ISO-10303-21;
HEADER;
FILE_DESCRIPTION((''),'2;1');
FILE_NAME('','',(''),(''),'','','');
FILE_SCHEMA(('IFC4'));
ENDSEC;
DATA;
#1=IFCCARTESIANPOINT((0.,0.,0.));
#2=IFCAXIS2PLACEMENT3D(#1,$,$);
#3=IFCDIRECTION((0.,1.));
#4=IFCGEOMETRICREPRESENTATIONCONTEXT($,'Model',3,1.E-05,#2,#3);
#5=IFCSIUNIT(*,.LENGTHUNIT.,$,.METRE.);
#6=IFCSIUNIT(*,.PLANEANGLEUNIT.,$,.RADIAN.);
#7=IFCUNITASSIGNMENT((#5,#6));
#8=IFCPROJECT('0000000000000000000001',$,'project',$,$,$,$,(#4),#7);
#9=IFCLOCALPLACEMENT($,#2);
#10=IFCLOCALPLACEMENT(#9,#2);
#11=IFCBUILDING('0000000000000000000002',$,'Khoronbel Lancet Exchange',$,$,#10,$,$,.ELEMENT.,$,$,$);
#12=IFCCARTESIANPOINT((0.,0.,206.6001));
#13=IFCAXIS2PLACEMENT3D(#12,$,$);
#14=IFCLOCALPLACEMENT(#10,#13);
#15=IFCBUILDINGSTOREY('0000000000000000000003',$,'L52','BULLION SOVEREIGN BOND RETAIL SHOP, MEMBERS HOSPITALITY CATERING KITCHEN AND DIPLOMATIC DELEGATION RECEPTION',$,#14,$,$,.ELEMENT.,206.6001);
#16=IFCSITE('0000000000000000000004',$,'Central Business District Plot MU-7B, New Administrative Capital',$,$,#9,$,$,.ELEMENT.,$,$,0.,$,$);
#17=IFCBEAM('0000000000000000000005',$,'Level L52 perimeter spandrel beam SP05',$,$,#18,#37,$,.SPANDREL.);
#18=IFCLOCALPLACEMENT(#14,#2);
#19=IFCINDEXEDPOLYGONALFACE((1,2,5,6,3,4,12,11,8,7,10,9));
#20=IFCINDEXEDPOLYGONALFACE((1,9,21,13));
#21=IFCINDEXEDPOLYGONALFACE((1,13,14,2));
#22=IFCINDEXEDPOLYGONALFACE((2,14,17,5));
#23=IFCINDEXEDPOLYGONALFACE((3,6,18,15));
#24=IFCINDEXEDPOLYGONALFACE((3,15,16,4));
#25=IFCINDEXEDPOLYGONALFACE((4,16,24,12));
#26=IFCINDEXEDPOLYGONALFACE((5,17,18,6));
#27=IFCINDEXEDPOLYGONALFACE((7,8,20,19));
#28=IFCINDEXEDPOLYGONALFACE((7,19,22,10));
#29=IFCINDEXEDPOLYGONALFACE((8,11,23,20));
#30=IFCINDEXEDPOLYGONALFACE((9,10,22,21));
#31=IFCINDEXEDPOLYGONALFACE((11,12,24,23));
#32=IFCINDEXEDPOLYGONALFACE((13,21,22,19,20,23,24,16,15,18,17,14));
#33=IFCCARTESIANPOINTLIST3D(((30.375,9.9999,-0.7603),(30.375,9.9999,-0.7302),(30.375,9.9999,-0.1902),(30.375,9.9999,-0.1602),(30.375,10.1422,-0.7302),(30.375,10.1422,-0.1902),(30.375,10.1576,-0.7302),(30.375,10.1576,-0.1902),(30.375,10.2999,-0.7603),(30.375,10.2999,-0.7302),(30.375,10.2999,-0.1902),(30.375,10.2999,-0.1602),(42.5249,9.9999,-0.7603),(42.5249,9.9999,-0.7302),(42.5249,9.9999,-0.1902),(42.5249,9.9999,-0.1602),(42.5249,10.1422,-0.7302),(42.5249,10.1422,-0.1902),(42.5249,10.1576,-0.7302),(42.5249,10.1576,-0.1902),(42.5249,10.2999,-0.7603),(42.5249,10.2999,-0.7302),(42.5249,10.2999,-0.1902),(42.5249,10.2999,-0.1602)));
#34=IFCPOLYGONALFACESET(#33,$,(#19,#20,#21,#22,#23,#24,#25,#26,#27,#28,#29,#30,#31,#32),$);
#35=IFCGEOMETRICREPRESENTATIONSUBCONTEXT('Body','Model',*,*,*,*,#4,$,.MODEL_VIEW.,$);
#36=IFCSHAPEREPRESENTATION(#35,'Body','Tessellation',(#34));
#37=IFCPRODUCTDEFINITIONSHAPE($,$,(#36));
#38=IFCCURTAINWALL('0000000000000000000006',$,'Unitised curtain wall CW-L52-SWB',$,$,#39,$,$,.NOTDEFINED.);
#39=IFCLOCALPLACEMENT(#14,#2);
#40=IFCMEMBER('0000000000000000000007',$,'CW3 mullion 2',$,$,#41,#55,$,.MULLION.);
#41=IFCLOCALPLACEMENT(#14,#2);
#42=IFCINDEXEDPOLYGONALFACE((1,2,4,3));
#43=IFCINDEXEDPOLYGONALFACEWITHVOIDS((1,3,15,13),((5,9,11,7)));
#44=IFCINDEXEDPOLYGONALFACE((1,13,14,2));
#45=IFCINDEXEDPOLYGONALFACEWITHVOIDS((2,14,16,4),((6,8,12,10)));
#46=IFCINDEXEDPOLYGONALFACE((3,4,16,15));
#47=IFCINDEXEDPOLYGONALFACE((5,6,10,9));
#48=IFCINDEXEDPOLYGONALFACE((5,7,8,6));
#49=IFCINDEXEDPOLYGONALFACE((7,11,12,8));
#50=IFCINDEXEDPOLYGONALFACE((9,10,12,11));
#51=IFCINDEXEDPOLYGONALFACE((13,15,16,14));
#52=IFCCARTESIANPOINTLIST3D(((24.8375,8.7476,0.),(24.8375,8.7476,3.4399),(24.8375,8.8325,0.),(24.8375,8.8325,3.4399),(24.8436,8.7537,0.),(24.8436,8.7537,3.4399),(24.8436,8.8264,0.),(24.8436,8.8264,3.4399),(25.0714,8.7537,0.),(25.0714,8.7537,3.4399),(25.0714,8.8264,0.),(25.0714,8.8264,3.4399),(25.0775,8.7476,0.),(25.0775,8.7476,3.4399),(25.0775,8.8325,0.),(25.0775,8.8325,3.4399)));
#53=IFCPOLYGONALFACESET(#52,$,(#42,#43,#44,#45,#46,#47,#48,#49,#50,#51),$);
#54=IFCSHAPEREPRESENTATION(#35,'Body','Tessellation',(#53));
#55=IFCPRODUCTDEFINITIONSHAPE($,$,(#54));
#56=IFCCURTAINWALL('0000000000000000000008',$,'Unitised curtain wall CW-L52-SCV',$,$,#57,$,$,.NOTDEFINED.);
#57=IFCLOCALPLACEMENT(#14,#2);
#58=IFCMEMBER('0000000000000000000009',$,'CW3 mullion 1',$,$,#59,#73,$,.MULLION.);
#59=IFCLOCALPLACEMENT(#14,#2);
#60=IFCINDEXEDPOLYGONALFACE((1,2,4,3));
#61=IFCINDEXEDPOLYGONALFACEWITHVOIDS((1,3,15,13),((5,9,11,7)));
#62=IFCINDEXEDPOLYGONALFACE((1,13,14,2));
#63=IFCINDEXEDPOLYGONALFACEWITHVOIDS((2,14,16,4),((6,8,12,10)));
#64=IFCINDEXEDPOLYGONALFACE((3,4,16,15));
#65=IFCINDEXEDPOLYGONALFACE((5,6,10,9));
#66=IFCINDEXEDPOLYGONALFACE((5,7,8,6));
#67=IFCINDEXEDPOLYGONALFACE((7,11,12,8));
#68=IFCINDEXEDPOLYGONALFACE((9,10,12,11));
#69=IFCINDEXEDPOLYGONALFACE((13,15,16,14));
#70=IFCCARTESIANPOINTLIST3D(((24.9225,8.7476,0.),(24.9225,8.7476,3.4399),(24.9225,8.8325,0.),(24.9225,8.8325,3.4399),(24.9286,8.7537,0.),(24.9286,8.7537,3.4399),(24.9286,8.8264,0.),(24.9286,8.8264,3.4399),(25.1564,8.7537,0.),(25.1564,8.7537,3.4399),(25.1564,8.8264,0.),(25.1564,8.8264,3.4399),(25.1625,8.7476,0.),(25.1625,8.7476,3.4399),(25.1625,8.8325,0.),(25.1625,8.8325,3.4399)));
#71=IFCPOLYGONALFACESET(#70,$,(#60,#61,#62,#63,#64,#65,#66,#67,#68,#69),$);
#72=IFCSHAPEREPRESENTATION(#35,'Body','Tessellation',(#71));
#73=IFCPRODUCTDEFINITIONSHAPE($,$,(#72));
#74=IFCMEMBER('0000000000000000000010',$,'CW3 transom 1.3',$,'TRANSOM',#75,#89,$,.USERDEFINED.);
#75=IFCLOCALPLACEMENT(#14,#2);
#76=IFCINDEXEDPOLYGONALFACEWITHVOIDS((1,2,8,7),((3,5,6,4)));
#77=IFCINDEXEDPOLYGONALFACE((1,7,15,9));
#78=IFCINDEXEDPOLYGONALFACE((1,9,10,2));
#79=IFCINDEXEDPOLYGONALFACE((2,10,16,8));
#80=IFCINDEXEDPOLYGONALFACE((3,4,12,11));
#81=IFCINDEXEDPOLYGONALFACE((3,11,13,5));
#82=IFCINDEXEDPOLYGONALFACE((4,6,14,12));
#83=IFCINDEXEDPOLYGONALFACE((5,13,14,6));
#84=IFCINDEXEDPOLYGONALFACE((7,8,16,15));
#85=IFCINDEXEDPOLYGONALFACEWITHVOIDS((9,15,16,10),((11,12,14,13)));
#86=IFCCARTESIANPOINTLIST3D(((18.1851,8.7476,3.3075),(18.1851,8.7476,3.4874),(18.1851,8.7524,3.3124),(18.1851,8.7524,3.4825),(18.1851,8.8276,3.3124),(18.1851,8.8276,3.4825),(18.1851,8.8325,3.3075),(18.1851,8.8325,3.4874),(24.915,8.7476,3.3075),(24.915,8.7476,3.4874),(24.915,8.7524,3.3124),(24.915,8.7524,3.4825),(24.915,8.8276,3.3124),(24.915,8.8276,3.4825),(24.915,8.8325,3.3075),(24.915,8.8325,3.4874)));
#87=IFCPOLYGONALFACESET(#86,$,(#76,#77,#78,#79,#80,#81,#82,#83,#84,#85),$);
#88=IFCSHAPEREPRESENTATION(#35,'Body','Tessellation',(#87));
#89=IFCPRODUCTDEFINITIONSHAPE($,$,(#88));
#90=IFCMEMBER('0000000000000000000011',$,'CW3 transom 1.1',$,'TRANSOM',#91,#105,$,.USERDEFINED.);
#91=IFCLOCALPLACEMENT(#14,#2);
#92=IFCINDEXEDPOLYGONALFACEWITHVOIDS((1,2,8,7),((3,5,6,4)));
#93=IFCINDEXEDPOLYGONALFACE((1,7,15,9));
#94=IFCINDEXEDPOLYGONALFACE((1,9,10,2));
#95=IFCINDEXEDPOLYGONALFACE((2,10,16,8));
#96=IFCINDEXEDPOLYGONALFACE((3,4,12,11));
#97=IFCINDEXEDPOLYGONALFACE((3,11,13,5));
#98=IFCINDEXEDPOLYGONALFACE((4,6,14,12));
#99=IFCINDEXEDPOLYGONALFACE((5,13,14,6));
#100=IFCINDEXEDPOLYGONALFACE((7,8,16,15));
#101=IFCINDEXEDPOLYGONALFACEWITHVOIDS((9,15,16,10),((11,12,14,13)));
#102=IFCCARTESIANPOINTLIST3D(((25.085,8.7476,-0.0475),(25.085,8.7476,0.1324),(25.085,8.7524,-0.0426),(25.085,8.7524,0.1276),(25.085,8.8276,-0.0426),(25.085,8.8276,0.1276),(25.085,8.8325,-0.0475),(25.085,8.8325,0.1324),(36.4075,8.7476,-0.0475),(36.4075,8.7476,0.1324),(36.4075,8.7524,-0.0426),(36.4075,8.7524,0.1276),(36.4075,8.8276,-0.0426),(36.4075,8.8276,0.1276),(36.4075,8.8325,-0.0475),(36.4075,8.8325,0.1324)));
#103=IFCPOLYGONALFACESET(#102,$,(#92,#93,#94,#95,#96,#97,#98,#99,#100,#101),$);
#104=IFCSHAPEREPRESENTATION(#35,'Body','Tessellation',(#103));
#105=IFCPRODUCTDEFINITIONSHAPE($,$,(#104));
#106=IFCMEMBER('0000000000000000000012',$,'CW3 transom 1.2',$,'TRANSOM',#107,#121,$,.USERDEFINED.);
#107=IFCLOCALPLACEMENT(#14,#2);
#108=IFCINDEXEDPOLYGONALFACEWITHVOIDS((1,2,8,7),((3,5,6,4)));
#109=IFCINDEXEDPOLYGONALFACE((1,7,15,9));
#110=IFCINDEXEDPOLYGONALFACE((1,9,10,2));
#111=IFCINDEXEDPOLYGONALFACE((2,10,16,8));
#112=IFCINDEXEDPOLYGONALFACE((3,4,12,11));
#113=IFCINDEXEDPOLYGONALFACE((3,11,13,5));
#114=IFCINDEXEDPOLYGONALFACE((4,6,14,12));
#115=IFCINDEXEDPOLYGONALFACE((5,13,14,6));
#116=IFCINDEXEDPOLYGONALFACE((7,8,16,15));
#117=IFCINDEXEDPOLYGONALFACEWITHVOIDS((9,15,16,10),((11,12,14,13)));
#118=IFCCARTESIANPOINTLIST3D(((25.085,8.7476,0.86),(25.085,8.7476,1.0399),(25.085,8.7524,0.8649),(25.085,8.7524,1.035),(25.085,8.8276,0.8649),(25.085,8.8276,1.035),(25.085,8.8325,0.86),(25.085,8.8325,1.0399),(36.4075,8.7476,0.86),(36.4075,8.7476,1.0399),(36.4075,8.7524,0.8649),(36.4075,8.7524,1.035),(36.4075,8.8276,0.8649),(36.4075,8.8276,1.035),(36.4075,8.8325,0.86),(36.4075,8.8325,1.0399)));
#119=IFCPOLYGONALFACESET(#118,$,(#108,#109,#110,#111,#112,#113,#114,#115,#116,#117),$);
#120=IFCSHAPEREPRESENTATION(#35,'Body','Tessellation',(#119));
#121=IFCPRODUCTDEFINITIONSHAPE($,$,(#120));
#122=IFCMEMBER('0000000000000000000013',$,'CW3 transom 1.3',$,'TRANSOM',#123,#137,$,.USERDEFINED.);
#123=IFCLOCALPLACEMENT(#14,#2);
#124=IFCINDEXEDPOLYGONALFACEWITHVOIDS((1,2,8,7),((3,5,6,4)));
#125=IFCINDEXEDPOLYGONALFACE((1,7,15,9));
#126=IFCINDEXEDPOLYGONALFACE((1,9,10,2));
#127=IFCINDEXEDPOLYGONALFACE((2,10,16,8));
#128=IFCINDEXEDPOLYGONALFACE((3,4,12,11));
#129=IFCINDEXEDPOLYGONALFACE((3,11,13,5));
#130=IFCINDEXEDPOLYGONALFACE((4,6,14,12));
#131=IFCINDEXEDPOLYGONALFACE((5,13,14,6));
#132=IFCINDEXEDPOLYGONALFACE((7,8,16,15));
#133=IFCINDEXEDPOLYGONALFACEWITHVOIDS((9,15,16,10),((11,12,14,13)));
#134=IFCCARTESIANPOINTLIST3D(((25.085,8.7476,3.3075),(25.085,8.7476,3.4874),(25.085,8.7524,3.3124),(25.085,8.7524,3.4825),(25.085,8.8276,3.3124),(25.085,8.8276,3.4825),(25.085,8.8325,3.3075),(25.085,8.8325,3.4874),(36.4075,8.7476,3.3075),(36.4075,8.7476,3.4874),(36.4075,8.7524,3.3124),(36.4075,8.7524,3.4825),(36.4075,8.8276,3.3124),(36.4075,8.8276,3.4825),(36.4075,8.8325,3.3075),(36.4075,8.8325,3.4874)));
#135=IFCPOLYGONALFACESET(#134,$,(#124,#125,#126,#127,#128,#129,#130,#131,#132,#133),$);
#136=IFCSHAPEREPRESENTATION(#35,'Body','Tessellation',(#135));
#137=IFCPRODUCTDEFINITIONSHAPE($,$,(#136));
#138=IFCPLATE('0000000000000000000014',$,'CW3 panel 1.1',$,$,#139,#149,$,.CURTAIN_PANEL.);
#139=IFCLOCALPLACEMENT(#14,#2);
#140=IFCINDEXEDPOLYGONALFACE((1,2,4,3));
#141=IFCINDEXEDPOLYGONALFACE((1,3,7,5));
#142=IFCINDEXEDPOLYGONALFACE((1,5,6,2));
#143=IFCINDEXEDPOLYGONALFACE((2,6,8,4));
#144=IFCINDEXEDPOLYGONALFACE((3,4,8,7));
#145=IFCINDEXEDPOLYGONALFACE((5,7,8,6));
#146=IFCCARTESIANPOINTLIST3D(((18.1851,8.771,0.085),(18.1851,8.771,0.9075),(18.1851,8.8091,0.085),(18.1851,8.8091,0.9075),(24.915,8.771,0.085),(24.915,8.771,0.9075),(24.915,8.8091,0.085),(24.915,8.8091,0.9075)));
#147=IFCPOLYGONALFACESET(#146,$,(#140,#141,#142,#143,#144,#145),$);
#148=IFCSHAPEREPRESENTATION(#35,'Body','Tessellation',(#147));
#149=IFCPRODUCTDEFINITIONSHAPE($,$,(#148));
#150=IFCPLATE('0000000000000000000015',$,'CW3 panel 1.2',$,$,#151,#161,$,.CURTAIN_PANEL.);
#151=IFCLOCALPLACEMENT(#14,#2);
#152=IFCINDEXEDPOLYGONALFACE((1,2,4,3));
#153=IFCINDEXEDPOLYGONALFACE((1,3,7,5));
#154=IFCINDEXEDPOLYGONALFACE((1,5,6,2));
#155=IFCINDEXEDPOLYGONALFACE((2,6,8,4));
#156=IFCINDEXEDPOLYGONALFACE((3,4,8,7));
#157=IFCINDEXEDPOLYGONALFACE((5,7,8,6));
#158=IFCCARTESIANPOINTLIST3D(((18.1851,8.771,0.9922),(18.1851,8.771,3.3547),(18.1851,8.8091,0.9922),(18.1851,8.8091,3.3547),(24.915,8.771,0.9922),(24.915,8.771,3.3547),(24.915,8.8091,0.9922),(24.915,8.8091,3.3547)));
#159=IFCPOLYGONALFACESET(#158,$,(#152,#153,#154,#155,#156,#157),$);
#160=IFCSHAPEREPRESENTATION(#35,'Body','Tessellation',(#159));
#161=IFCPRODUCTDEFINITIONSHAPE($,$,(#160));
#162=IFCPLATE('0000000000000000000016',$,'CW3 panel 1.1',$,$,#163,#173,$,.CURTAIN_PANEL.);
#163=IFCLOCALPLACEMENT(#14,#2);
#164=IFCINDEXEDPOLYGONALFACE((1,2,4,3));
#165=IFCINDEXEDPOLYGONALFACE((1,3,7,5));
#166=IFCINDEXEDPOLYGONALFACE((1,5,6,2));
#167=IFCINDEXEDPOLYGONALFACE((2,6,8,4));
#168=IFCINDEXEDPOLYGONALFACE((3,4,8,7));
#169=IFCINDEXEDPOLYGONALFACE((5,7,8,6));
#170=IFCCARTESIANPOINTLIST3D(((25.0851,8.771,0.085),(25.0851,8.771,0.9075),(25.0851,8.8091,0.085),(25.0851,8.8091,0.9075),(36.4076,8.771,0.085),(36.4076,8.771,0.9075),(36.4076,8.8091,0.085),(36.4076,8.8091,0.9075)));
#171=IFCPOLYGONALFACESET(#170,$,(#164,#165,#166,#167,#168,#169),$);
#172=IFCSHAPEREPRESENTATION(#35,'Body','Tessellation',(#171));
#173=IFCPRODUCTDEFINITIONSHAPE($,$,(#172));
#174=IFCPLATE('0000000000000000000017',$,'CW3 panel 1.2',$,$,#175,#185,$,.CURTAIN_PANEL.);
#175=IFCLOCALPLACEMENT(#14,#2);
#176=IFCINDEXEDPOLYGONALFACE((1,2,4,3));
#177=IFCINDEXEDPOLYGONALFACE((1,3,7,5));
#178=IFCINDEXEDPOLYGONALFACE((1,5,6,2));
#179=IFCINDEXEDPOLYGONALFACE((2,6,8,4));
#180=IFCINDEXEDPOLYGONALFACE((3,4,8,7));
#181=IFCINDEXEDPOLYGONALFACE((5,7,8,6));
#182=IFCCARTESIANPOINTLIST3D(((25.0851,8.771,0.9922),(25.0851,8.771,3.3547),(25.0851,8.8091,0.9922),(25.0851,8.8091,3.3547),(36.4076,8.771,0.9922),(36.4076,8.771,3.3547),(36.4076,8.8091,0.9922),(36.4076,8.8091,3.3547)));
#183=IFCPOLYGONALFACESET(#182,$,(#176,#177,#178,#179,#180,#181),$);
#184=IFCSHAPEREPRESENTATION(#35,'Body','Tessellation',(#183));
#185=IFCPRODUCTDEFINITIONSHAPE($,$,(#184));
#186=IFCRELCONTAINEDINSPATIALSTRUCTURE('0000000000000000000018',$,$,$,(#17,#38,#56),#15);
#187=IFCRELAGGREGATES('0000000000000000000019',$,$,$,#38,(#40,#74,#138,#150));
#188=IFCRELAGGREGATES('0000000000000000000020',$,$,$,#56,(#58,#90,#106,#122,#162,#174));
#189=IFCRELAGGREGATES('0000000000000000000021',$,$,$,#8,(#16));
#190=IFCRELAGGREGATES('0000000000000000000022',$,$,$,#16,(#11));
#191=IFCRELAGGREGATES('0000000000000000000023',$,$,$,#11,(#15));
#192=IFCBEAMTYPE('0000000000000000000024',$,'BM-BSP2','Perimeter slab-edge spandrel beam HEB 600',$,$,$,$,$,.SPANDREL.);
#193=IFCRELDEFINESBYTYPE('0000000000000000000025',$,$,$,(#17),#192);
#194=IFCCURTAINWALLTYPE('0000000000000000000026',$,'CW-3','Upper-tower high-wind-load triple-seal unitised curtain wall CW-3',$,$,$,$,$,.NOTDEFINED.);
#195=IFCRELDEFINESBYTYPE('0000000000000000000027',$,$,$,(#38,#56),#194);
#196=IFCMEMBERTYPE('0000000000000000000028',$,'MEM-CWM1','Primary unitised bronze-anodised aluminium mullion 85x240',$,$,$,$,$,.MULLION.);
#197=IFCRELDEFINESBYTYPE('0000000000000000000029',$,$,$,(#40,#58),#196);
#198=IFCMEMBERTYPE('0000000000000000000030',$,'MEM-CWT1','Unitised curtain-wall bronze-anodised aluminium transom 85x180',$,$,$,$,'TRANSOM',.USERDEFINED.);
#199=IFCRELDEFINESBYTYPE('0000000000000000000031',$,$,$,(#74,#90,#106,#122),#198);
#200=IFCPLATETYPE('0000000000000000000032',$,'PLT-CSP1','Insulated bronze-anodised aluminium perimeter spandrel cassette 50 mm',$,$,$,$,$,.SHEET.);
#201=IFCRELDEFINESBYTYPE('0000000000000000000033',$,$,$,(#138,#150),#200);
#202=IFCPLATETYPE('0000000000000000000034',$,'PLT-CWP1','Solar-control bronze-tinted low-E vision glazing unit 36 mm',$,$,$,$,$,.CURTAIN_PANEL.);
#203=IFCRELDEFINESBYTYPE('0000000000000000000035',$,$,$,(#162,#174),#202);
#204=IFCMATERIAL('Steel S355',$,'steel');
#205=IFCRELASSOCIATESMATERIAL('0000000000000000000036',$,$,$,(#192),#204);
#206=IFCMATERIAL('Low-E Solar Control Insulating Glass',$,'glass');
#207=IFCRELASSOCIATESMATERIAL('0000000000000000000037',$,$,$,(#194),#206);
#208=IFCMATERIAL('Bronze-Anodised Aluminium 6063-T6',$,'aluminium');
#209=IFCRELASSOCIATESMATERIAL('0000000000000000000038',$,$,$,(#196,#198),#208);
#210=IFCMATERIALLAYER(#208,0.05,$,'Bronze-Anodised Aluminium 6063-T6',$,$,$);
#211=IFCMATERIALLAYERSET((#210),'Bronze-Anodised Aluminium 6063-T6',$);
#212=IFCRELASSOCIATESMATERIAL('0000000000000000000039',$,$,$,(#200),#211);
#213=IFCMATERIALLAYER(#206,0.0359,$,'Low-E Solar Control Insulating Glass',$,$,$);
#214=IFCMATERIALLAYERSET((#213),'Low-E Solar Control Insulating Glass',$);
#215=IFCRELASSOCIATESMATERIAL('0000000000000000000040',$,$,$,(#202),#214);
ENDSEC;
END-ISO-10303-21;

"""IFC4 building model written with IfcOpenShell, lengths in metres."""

from ifc_helpers import new_model, si_unit, direction, frame, origin, origin_2d, place, context, subcontext, project, spatial, rectangle, hollow_rectangle, i_section, extrude, material, layer, layer_set, material_profile, profile_set, type_object, element, aggregate, save


model = new_model("IFC4")

# Units and contexts
model_context = context("Model", 3, precision=1e-05, world=origin(), true_north=direction((0.0, 1.0)))
body_context = subcontext(model_context, "Body", "Model", "MODEL_VIEW")
ifc_project = project(units=[si_unit("LENGTHUNIT", "METRE"), si_unit("PLANEANGLEUNIT", "RADIAN")], contexts=[model_context])

# Site, building, storey
site_placement = place(None, origin())
site = spatial("IfcSite", under=ifc_project, at=site_placement, Name="Central Business District Plot MU-7B, New Administrative Capital", CompositionType="ELEMENT", RefElevation=0.0)
building_placement = place(site_placement, origin())
building = spatial("IfcBuilding", under=site, at=building_placement, Name="Khoronbel Lancet Exchange", CompositionType="ELEMENT")
storey_placement = place(building_placement, frame((0.0, 0.0, 206.6001)))
storey = spatial("IfcBuildingStorey", under=building, at=storey_placement, Name="L52", Description="BULLION SOVEREIGN BOND RETAIL SHOP, MEMBERS HOSPITALITY CATERING KITCHEN AND DIPLOMATIC DELEGATION RECEPTION", CompositionType="ELEMENT", Elevation=206.6001)

# Beam
ifc_material_1 = material(Name="Steel S355", Category="steel")
ifc_material_profile_1 = material_profile(ifc_material_1, i_section(OverallWidth=0.3, OverallDepth=0.6001, WebThickness=0.0154, FlangeThickness=0.03, at=origin_2d()), Name="HEB 600")
ifc_profile_set_1 = profile_set([ifc_material_profile_1], Name="Steel S355")
beam_type_1 = type_object("IfcBeamType", Name="BM-BSP2", Description="Perimeter slab-edge spandrel beam HEB 600", PredefinedType="SPANDREL", material=ifc_profile_set_1)
beam_1_placement = place(storey_placement, frame((30.375, 10.1499, -0.4602), z_axis=(1.0, 0.0, 0.0), x_axis=(0.0, 1.0, 0.0)))
element("IfcBeam", 1, at=beam_1_placement, inside=storey, type_object=beam_type_1, Name="Level L52 perimeter spandrel beam SP05", PredefinedType="SPANDREL", context=body_context, shape_type="SweptSolid", body=[
    extrude(i_section(OverallWidth=0.3, OverallDepth=0.6001, WebThickness=0.0154, FlangeThickness=0.03, at=origin_2d()), origin(), (0.0, 0.0, 1.0), 12.1499),
])

# Curtain walls, members
ifc_material_2 = material(Name="Low-E Solar Control Insulating Glass", Category="glass")
curtain_wall_type = type_object("IfcCurtainWallType", Name="CW-3", Description="Upper-tower high-wind-load triple-seal unitised curtain wall CW-3", PredefinedType="NOTDEFINED", material=ifc_material_2)
curtain_wall_1_placement = place(storey_placement, origin())
curtain_wall_1 = element("IfcCurtainWall", 2, at=curtain_wall_1_placement, inside=storey, type_object=curtain_wall_type, Name="Unitised curtain wall CW-L52-SWB", PredefinedType="NOTDEFINED")
ifc_material_3 = material(Name="Bronze-Anodised Aluminium 6063-T6", Category="aluminium")
ifc_material_profile_2 = material_profile(ifc_material_3, hollow_rectangle(XDim=0.085, YDim=0.24, WallThickness=0.0061, at=origin_2d()), Name="ALU MULLION 85x240")
ifc_profile_set_2 = profile_set([ifc_material_profile_2], Name="Bronze-Anodised Aluminium 6063-T6")
member_type_1 = type_object("IfcMemberType", Name="MEM-CWM1", Description="Primary unitised bronze-anodised aluminium mullion 85x240", PredefinedType="MULLION", material=ifc_profile_set_2)
member_1_placement = place(storey_placement, frame((24.9575, 8.79, 0.0), z_axis=(0.0, 0.0, 1.0), x_axis=(0.0, 1.0, 0.0)))
member_1 = element("IfcMember", 3, at=member_1_placement, type_object=member_type_1, Name="CW3 mullion 2", PredefinedType="MULLION", context=body_context, shape_type="SweptSolid", body=[
    extrude(hollow_rectangle(XDim=0.085, YDim=0.24, WallThickness=0.0061, at=origin_2d()), origin(), (0.0, 0.0, 1.0), 3.4399),
])
curtain_wall_2_placement = place(storey_placement, origin())
curtain_wall_2 = element("IfcCurtainWall", 4, at=curtain_wall_2_placement, inside=storey, type_object=curtain_wall_type, Name="Unitised curtain wall CW-L52-SCV", PredefinedType="NOTDEFINED")
member_2_placement = place(storey_placement, frame((25.0425, 8.79, 0.0), z_axis=(0.0, 0.0, 1.0), x_axis=(0.0, 1.0, 0.0)))
member_2 = element("IfcMember", 5, at=member_2_placement, type_object=member_type_1, Name="CW3 mullion 1", PredefinedType="MULLION", context=body_context, shape_type="SweptSolid", body=[
    extrude(hollow_rectangle(XDim=0.085, YDim=0.24, WallThickness=0.0061, at=origin_2d()), origin(), (0.0, 0.0, 1.0), 3.4399),
])

# Members
ifc_material_profile_3 = material_profile(ifc_material_3, hollow_rectangle(XDim=0.085, YDim=0.1799, WallThickness=0.0049, at=origin_2d()), Name="ALU TRANSOM 85x180")
ifc_profile_set_3 = profile_set([ifc_material_profile_3], Name="Bronze-Anodised Aluminium 6063-T6")
member_type_2 = type_object("IfcMemberType", Name="MEM-CWT1", Description="Unitised curtain-wall bronze-anodised aluminium transom 85x180", ElementType="TRANSOM", PredefinedType="USERDEFINED", material=ifc_profile_set_3)
member_3_placement = place(storey_placement, frame((18.1851, 8.79, 3.3975), z_axis=(1.0, 0.0, 0.0), x_axis=(0.0, 1.0, 0.0)))
member_3 = element("IfcMember", 6, at=member_3_placement, type_object=member_type_2, Name="CW3 transom 1.3", ObjectType="TRANSOM", PredefinedType="USERDEFINED", context=body_context, shape_type="SweptSolid", body=[
    extrude(hollow_rectangle(XDim=0.085, YDim=0.1799, WallThickness=0.0049, at=origin_2d()), origin(), (0.0, 0.0, 1.0), 6.73),
])
member_4_placement = place(storey_placement, frame((25.085, 8.79, 0.0425), z_axis=(1.0, 0.0, 0.0), x_axis=(0.0, 1.0, 0.0)))
member_4 = element("IfcMember", 7, at=member_4_placement, type_object=member_type_2, Name="CW3 transom 1.1", ObjectType="TRANSOM", PredefinedType="USERDEFINED", context=body_context, shape_type="SweptSolid", body=[
    extrude(hollow_rectangle(XDim=0.085, YDim=0.1799, WallThickness=0.0049, at=origin_2d()), origin(), (0.0, 0.0, 1.0), 11.3225),
])
member_5_placement = place(storey_placement, frame((25.085, 8.79, 0.95), z_axis=(1.0, 0.0, 0.0), x_axis=(0.0, 1.0, 0.0)))
member_5 = element("IfcMember", 8, at=member_5_placement, type_object=member_type_2, Name="CW3 transom 1.2", ObjectType="TRANSOM", PredefinedType="USERDEFINED", context=body_context, shape_type="SweptSolid", body=[
    extrude(hollow_rectangle(XDim=0.085, YDim=0.1799, WallThickness=0.0049, at=origin_2d()), origin(), (0.0, 0.0, 1.0), 11.3225),
])
member_6_placement = place(storey_placement, frame((25.085, 8.79, 3.3975), z_axis=(1.0, 0.0, 0.0), x_axis=(0.0, 1.0, 0.0)))
member_6 = element("IfcMember", 9, at=member_6_placement, type_object=member_type_2, Name="CW3 transom 1.3", ObjectType="TRANSOM", PredefinedType="USERDEFINED", context=body_context, shape_type="SweptSolid", body=[
    extrude(hollow_rectangle(XDim=0.085, YDim=0.1799, WallThickness=0.0049, at=origin_2d()), origin(), (0.0, 0.0, 1.0), 11.3225),
])

# Plates
ifc_layer_1 = layer(ifc_material_3, 0.05, Name="Bronze-Anodised Aluminium 6063-T6")
ifc_layer_set_1 = layer_set([ifc_layer_1], Name="Bronze-Anodised Aluminium 6063-T6")
plate_type_1 = type_object("IfcPlateType", Name="PLT-CSP1", Description="Insulated bronze-anodised aluminium perimeter spandrel cassette 50 mm", PredefinedType="SHEET", material=ifc_layer_set_1)
plate_1_placement = place(storey_placement, frame((21.55, 8.79, 0.085), z_axis=(0.0, 0.0, 1.0), x_axis=(1.0, 0.0, 0.0)))
plate_1 = element("IfcPlate", 10, at=plate_1_placement, type_object=plate_type_1, Name="CW3 panel 1.1", PredefinedType="CURTAIN_PANEL", context=body_context, shape_type="SweptSolid", body=[
    extrude(rectangle(XDim=6.73, YDim=0.0381, at=origin_2d()), origin(), (0.0, 0.0, 1.0), 0.8225),
])
plate_2_placement = place(storey_placement, frame((21.55, 8.79, 0.9922), z_axis=(0.0, 0.0, 1.0), x_axis=(1.0, 0.0, 0.0)))
plate_2 = element("IfcPlate", 11, at=plate_2_placement, type_object=plate_type_1, Name="CW3 panel 1.2", PredefinedType="CURTAIN_PANEL", context=body_context, shape_type="SweptSolid", body=[
    extrude(rectangle(XDim=6.73, YDim=0.0381, at=origin_2d()), origin(), (0.0, 0.0, 1.0), 2.3625),
])
aggregate(curtain_wall_1, [member_1, member_3, plate_1, plate_2])
ifc_layer_2 = layer(ifc_material_2, 0.0359, Name="Low-E Solar Control Insulating Glass")
ifc_layer_set_2 = layer_set([ifc_layer_2], Name="Low-E Solar Control Insulating Glass")
plate_type_2 = type_object("IfcPlateType", Name="PLT-CWP1", Description="Solar-control bronze-tinted low-E vision glazing unit 36 mm", PredefinedType="CURTAIN_PANEL", material=ifc_layer_set_2)
plate_3_placement = place(storey_placement, frame((30.7463, 8.79, 0.085), z_axis=(0.0, 0.0, 1.0), x_axis=(1.0, 0.0, 0.0)))
plate_3 = element("IfcPlate", 12, at=plate_3_placement, type_object=plate_type_2, Name="CW3 panel 1.1", PredefinedType="CURTAIN_PANEL", context=body_context, shape_type="SweptSolid", body=[
    extrude(rectangle(XDim=11.3225, YDim=0.0381, at=origin_2d()), origin(), (0.0, 0.0, 1.0), 0.8225),
])
plate_4_placement = place(storey_placement, frame((30.7463, 8.79, 0.9922), z_axis=(0.0, 0.0, 1.0), x_axis=(1.0, 0.0, 0.0)))
plate_4 = element("IfcPlate", 13, at=plate_4_placement, type_object=plate_type_2, Name="CW3 panel 1.2", PredefinedType="CURTAIN_PANEL", context=body_context, shape_type="SweptSolid", body=[
    extrude(rectangle(XDim=11.3225, YDim=0.0381, at=origin_2d()), origin(), (0.0, 0.0, 1.0), 2.3625),
])
aggregate(curtain_wall_2, [member_2, member_4, member_5, member_6, plate_3, plate_4])

save(model, "model.ifc")
